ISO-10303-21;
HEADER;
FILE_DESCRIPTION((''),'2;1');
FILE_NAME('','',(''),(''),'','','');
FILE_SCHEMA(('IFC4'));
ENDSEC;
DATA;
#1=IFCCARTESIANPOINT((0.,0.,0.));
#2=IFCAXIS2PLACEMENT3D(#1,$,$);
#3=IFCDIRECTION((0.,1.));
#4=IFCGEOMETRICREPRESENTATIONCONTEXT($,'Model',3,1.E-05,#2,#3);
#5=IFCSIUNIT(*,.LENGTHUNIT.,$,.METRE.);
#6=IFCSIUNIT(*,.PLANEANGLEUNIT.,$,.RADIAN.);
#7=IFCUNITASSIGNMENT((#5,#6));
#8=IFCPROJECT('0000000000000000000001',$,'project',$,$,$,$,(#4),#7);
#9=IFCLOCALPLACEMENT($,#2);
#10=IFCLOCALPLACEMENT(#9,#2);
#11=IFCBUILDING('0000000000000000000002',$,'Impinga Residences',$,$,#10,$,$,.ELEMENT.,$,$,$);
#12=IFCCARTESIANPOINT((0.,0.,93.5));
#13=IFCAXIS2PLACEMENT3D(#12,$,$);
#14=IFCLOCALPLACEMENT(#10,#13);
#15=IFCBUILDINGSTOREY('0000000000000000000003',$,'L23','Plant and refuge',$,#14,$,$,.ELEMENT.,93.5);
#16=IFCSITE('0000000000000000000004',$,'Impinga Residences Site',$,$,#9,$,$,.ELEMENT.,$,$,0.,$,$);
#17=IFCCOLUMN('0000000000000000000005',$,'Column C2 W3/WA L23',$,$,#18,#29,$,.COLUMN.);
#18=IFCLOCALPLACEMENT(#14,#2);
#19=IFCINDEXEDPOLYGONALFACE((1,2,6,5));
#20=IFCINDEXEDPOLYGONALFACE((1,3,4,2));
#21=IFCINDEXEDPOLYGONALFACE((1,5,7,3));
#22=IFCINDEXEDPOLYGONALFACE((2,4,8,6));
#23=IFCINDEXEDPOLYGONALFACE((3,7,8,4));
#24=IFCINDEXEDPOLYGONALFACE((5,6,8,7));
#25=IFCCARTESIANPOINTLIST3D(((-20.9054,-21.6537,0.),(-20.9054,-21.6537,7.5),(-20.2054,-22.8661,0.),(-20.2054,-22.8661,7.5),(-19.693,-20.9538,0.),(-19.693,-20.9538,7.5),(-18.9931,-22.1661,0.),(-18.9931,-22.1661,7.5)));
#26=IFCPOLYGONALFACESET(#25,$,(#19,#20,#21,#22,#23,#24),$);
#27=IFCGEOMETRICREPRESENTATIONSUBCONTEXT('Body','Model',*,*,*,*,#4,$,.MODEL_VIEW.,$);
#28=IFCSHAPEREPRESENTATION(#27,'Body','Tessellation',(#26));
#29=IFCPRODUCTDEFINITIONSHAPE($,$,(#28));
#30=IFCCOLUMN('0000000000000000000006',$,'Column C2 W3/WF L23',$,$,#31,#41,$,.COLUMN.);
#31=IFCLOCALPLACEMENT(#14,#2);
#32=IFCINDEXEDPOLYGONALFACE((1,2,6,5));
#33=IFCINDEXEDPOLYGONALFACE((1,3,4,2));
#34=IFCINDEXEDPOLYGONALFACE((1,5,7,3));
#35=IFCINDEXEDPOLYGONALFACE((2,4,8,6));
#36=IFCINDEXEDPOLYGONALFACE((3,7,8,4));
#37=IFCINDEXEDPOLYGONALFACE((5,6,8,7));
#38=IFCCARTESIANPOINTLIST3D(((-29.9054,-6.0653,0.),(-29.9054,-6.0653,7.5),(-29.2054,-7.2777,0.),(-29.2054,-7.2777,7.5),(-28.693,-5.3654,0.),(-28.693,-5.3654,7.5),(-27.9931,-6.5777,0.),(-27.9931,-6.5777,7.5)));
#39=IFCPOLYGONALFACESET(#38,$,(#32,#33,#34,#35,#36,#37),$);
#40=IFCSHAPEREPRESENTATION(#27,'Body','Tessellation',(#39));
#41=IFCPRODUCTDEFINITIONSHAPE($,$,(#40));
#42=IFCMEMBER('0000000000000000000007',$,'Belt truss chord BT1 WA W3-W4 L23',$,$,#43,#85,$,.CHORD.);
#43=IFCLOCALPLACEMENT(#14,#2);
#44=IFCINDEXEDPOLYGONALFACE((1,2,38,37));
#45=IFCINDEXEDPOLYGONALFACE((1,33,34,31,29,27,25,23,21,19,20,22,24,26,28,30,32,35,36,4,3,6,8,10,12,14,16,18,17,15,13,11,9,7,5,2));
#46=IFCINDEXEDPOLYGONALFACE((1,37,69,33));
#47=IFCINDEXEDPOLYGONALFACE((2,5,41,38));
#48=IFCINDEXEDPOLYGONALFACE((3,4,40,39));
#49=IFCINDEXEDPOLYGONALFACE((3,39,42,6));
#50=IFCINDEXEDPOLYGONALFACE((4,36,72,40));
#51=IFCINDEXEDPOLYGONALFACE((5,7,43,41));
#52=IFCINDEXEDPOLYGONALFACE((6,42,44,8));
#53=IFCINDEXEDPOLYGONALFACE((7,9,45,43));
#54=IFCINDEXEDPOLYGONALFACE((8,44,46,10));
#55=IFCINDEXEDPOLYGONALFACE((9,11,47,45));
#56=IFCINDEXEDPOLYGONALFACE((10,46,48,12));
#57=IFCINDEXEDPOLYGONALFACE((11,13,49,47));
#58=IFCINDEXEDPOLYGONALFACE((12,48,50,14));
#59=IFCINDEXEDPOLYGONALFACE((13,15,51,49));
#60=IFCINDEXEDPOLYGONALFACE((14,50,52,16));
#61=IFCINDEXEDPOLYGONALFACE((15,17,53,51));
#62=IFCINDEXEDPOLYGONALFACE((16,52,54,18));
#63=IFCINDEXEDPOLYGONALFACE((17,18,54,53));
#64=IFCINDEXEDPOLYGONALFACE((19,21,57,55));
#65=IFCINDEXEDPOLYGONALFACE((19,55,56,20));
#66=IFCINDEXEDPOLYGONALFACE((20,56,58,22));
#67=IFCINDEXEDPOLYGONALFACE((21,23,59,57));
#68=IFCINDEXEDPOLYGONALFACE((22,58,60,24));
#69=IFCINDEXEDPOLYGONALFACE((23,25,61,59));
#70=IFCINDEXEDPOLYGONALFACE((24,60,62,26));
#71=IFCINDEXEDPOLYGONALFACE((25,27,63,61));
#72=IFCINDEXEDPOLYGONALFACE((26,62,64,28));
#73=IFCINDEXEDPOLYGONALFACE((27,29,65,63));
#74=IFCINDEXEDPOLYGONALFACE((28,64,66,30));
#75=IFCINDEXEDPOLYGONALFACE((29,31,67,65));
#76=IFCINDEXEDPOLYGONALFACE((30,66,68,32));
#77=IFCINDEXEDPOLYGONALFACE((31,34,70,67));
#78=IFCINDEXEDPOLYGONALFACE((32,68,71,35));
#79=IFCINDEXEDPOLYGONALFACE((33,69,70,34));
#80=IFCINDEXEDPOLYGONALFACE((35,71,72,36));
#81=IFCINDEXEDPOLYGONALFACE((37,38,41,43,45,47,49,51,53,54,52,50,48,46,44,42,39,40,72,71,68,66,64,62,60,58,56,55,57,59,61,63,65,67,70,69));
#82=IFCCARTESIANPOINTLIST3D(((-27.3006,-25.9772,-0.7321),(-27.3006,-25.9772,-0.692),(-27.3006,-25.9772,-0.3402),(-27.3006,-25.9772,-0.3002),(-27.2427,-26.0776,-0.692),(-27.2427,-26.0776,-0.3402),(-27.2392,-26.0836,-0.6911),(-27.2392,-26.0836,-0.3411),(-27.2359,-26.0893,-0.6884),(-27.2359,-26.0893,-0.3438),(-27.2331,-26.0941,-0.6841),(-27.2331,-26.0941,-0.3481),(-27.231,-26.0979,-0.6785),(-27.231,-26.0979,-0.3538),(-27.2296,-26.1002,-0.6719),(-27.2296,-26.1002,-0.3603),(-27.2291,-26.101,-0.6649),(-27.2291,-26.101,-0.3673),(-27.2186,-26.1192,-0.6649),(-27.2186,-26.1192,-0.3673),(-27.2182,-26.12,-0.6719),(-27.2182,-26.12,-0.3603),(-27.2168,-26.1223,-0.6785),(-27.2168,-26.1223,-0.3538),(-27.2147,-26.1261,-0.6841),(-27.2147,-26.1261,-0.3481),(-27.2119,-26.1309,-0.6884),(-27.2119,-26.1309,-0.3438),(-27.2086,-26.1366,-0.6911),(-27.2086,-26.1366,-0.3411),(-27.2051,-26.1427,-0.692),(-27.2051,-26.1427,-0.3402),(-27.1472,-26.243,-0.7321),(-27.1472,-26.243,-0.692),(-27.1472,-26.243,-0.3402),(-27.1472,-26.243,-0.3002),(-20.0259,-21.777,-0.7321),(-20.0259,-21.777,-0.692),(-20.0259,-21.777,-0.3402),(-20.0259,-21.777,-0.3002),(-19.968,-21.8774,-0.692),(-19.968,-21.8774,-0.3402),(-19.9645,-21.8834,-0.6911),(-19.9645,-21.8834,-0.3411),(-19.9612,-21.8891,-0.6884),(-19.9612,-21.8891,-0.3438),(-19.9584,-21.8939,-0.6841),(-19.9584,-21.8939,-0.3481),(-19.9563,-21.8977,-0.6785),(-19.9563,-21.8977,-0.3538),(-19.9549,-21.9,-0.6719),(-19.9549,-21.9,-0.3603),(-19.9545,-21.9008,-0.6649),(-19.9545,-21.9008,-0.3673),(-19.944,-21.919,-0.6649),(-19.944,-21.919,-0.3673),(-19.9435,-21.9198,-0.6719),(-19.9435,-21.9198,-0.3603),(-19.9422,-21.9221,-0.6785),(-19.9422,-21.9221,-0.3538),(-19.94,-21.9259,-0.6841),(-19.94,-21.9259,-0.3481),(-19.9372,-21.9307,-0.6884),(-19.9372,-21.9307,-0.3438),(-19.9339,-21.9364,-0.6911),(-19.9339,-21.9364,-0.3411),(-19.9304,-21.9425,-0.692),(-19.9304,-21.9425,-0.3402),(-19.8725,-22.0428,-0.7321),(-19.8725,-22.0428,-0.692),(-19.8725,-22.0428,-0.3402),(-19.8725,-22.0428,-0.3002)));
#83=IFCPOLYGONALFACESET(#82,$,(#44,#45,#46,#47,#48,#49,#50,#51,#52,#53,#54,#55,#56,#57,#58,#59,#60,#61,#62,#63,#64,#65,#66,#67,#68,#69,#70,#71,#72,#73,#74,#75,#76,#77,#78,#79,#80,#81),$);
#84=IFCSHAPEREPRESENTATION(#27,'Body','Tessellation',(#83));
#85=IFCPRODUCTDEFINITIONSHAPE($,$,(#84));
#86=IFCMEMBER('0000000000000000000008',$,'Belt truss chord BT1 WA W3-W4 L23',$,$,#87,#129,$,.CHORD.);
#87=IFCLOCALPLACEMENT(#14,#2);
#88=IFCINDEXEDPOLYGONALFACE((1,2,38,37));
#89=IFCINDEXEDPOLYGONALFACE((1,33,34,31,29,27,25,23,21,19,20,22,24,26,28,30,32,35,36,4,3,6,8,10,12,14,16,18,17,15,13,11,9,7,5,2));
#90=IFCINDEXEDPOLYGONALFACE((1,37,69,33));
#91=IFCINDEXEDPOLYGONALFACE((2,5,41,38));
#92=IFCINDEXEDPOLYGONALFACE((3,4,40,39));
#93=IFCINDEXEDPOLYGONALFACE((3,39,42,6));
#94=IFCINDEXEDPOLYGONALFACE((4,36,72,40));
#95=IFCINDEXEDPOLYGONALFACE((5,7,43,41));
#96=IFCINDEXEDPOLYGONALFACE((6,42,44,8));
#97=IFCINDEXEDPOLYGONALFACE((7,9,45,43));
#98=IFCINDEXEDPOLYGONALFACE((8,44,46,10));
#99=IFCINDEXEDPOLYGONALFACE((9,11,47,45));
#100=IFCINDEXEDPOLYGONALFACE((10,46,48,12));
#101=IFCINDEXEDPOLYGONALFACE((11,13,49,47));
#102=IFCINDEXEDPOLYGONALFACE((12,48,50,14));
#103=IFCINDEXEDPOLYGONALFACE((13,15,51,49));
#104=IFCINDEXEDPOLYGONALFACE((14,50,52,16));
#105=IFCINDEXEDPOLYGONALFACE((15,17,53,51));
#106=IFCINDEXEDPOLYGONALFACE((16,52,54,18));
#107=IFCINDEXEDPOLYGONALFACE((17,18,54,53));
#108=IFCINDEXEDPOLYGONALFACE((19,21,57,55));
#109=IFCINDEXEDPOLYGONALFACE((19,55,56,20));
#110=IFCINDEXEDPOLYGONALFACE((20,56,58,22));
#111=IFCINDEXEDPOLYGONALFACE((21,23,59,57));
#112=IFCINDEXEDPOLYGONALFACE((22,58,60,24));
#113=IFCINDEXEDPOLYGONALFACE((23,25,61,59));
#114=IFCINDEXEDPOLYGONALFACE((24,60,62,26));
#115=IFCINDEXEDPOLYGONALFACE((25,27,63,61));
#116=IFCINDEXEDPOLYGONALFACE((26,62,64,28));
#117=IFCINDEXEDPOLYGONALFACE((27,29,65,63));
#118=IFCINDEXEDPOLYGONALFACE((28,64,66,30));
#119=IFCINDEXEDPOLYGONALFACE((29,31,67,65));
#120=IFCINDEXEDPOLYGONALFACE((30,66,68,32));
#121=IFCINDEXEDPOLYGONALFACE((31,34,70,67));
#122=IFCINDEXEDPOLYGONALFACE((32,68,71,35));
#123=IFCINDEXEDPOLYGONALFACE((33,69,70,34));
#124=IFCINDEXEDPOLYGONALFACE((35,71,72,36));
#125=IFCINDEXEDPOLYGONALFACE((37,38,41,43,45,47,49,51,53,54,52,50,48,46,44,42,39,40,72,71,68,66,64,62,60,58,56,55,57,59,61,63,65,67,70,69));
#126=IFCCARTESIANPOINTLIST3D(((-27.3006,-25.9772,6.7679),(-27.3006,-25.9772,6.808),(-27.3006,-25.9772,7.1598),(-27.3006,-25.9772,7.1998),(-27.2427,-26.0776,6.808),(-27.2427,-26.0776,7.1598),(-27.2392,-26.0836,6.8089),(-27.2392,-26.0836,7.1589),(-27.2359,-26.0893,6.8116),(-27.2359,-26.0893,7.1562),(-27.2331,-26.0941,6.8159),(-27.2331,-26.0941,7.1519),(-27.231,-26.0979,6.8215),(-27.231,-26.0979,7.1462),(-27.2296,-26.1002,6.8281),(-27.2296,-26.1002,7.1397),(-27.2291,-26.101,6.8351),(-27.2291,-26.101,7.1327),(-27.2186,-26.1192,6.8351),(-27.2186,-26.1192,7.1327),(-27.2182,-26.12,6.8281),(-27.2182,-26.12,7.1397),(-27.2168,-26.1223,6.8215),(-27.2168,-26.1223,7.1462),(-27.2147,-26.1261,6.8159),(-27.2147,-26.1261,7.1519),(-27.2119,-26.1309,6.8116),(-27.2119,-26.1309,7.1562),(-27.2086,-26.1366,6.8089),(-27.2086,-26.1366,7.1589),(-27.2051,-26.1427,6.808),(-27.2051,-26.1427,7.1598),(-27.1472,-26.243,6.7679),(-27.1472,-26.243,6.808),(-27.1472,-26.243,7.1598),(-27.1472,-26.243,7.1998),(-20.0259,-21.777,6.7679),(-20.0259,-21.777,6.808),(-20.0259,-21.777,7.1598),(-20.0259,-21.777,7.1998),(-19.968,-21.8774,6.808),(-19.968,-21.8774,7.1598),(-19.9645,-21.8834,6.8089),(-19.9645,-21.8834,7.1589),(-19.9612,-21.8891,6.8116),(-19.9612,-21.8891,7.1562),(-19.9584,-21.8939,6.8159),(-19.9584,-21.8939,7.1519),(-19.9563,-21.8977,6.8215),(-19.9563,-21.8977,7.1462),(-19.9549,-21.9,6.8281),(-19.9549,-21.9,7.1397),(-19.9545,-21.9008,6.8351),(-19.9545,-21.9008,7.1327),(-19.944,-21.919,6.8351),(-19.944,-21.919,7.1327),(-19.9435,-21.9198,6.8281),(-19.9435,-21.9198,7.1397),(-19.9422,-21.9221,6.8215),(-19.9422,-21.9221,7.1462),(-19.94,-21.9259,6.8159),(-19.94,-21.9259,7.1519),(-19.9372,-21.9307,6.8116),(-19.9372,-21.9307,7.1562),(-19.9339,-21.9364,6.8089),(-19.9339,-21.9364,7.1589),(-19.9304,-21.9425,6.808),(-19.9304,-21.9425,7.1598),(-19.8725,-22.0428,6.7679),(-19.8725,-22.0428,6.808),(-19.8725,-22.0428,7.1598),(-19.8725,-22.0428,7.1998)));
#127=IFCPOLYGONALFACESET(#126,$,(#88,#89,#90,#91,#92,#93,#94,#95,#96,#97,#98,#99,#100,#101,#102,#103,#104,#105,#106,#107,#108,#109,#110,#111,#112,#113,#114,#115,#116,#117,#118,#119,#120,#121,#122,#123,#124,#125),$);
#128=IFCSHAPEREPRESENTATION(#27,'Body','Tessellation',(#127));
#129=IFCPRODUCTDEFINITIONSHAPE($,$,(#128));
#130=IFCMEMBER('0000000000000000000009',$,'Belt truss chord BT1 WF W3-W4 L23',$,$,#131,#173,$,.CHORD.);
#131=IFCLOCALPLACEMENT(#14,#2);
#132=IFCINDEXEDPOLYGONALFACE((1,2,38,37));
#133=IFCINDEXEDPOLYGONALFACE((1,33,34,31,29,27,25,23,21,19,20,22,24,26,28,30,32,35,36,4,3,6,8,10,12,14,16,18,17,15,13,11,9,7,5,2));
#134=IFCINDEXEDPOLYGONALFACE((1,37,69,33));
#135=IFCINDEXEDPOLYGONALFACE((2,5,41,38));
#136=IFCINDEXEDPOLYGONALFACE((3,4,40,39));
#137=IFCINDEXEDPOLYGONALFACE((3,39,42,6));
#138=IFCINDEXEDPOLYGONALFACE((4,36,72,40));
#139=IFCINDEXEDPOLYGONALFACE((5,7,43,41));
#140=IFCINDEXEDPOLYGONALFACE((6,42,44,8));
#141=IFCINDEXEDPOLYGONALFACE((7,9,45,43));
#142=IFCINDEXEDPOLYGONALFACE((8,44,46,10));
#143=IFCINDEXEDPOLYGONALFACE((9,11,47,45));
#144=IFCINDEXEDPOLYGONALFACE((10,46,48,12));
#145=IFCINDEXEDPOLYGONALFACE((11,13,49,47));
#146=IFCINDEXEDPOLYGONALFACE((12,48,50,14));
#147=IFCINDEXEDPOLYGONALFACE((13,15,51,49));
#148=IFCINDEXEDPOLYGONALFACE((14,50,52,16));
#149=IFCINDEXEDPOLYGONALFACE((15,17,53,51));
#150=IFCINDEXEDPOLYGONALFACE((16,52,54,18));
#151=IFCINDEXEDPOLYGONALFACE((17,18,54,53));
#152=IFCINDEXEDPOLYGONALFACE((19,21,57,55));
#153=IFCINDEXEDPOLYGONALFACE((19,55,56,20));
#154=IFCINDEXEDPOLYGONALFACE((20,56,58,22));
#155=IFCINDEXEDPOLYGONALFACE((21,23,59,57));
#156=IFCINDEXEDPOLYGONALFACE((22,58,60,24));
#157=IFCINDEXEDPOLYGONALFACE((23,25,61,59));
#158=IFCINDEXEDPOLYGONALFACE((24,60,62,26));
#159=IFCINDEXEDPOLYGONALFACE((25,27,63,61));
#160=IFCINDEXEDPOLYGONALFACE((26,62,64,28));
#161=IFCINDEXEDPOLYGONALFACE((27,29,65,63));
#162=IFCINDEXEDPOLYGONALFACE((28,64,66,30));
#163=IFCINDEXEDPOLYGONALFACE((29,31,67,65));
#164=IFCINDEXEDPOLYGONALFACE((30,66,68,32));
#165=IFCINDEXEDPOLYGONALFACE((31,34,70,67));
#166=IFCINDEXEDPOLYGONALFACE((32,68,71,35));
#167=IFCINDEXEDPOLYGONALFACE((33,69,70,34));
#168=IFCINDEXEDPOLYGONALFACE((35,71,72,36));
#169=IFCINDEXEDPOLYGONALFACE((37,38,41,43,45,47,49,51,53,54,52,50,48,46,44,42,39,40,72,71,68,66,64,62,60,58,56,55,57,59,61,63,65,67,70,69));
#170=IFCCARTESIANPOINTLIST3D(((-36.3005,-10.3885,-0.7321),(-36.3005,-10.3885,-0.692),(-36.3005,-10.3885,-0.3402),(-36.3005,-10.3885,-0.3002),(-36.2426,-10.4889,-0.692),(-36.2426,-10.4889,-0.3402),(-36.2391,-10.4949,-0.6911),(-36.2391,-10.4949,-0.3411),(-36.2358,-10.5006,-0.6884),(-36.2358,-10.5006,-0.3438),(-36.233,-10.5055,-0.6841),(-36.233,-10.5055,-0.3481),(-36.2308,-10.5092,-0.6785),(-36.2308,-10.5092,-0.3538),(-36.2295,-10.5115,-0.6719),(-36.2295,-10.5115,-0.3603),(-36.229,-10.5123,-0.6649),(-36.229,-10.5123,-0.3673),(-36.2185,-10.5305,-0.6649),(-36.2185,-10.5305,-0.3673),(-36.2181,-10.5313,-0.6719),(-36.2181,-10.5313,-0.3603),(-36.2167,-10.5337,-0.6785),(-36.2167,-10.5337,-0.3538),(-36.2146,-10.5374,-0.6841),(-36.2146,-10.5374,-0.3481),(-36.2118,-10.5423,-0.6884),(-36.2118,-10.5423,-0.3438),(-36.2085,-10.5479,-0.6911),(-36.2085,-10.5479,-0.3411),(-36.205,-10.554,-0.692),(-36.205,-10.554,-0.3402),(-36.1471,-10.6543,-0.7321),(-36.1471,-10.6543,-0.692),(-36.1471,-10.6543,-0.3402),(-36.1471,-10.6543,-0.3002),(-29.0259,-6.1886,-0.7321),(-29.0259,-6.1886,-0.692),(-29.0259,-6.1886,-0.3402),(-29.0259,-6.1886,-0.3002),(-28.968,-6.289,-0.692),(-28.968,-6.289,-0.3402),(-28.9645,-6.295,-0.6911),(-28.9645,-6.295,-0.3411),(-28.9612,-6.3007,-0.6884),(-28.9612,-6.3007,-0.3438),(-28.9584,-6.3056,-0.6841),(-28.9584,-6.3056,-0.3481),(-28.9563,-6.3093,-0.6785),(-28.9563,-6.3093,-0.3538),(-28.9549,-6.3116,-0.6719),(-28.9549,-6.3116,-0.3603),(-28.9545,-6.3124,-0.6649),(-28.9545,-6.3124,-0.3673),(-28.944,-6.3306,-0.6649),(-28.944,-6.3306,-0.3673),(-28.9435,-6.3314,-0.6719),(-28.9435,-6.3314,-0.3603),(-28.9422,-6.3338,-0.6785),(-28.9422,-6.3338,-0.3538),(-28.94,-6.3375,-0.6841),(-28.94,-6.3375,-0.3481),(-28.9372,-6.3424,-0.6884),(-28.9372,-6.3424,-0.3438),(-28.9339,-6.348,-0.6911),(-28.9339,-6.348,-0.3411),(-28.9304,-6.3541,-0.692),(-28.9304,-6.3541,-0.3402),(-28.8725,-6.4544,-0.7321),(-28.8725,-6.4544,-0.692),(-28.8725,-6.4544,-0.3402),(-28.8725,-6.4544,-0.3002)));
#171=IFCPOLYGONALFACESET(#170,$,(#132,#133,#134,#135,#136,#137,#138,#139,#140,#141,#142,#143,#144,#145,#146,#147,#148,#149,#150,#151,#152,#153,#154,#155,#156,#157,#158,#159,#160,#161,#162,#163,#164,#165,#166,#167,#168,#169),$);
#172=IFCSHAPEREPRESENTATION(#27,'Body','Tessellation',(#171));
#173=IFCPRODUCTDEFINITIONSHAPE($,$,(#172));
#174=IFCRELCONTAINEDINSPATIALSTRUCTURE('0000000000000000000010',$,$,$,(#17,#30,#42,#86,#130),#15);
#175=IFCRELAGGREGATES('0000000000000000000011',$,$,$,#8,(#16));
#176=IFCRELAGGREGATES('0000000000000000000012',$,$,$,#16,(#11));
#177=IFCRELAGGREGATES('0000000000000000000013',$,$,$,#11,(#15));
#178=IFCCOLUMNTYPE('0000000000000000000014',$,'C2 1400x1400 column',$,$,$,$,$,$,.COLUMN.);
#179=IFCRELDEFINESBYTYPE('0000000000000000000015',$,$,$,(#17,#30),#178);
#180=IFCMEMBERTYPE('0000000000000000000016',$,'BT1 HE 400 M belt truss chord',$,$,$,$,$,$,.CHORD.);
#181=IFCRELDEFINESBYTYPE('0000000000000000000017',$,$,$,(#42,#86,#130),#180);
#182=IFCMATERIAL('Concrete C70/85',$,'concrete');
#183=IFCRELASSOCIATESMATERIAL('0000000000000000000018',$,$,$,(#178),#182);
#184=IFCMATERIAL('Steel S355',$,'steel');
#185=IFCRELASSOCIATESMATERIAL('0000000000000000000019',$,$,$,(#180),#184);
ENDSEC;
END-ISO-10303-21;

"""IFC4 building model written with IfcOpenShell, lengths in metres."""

from ifc_helpers import new_model, si_unit, direction, frame, origin, origin_2d, place, context, subcontext, project, spatial, rectangle, i_section, extrude, material, material_profile, profile_set, type_object, element, save


model = new_model("IFC4")

# Units and contexts
model_context = context("Model", 3, precision=1e-05, world=origin(), true_north=direction((0.0, 1.0)))
body_context = subcontext(model_context, "Body", "Model", "MODEL_VIEW")
ifc_project = project(units=[si_unit("LENGTHUNIT", "METRE"), si_unit("PLANEANGLEUNIT", "RADIAN")], contexts=[model_context])

# Site, building, storey
site_placement = place(None, origin())
site = spatial("IfcSite", under=ifc_project, at=site_placement, Name="Impinga Residences Site", CompositionType="ELEMENT", RefElevation=0.0)
building_placement = place(site_placement, origin())
building = spatial("IfcBuilding", under=site, at=building_placement, Name="Impinga Residences", CompositionType="ELEMENT")
storey_placement = place(building_placement, frame((0.0, 0.0, 93.5)))
storey = spatial("IfcBuildingStorey", under=building, at=storey_placement, Name="L23", Description="Plant and refuge", CompositionType="ELEMENT", Elevation=93.5)

# Columns
ifc_material_1 = material(Name="Concrete C70/85", Category="concrete")
ifc_material_profile_1 = material_profile(ifc_material_1, rectangle(XDim=1.3999, YDim=1.3999, at=origin_2d()), Name="RC 1400x1400")
ifc_profile_set_1 = profile_set([ifc_material_profile_1], Name="Concrete C70/85")
column_type = type_object("IfcColumnType", Name="C2 1400x1400 column", PredefinedType="COLUMN", material=ifc_profile_set_1)
for number, where, z_axis, x_axis, name in (
    (1, (-19.9492, -21.9099, 0.0), (0.0, 0.0, 1.0), (-0.5, 0.866025, 0.0), "Column C2 W3/WA L23"),
    (2, (-28.9492, -6.3215, 0.0), (0.0, 0.0, 1.0), (-0.5, 0.866025, 0.0), "Column C2 W3/WF L23"),
):
    element("IfcColumn", number, at=place(storey_placement, frame(where, z_axis=z_axis, x_axis=x_axis)), inside=storey, type_object=column_type, Name=name, PredefinedType="COLUMN", context=body_context, shape_type="SweptSolid", body=[
        extrude(rectangle(XDim=1.3999, YDim=1.3999, at=origin_2d()), origin(), (0.0, 0.0, 1.0), 7.5),
    ])

# Members
ifc_material_2 = material(Name="Steel S355", Category="steel")
ifc_material_profile_2 = material_profile(ifc_material_2, i_section(OverallWidth=0.3069, OverallDepth=0.4319, WebThickness=0.021, FlangeThickness=0.04, FilletRadius=0.0271, at=origin_2d()), Name="HE 400 M")
ifc_profile_set_2 = profile_set([ifc_material_profile_2], Name="Steel S355")
member_type_1 = type_object("IfcMemberType", Name="BT1 HE 400 M belt truss chord", PredefinedType="CHORD", material=ifc_profile_set_2)
for number, where, z_axis, x_axis, name in (
    (3, (-19.9492, -21.9099, -0.5161), (-0.866017, -0.500015, 0.0), (0.500015, -0.866017, 0.0), "Belt truss chord BT1 WA W3-W4 L23"),
    (4, (-19.9492, -21.9099, 6.9839), (-0.866017, -0.500015, 0.0), (0.500015, -0.866017, 0.0), "Belt truss chord BT1 WA W3-W4 L23"),
):
    element("IfcMember", number, at=place(storey_placement, frame(where, z_axis=z_axis, x_axis=x_axis)), inside=storey, type_object=member_type_1, Name=name, PredefinedType="CHORD", context=body_context, shape_type="SweptSolid", body=[
        extrude(i_section(OverallWidth=0.3069, OverallDepth=0.4319, WebThickness=0.021, FlangeThickness=0.04, FilletRadius=0.0271, at=origin_2d()), origin(), (0.0, 0.0, 1.0), 8.4001),
    ])
for number, where, z_axis, x_axis, name in (
    (5, (-28.9492, -6.3215, -0.5161), (-0.866029, -0.499993, 0.0), (0.499993, -0.866029, 0.0), "Belt truss chord BT1 WF W3-W4 L23"),
):
    element("IfcMember", number, at=place(storey_placement, frame(where, z_axis=z_axis, x_axis=x_axis)), inside=storey, type_object=member_type_1, Name=name, PredefinedType="CHORD", context=body_context, shape_type="SweptSolid", body=[
        extrude(i_section(OverallWidth=0.3069, OverallDepth=0.4319, WebThickness=0.021, FlangeThickness=0.04, FilletRadius=0.0271, at=origin_2d()), origin(), (0.0, 0.0, 1.0), 8.3999),
    ])

save(model, "model.ifc")
